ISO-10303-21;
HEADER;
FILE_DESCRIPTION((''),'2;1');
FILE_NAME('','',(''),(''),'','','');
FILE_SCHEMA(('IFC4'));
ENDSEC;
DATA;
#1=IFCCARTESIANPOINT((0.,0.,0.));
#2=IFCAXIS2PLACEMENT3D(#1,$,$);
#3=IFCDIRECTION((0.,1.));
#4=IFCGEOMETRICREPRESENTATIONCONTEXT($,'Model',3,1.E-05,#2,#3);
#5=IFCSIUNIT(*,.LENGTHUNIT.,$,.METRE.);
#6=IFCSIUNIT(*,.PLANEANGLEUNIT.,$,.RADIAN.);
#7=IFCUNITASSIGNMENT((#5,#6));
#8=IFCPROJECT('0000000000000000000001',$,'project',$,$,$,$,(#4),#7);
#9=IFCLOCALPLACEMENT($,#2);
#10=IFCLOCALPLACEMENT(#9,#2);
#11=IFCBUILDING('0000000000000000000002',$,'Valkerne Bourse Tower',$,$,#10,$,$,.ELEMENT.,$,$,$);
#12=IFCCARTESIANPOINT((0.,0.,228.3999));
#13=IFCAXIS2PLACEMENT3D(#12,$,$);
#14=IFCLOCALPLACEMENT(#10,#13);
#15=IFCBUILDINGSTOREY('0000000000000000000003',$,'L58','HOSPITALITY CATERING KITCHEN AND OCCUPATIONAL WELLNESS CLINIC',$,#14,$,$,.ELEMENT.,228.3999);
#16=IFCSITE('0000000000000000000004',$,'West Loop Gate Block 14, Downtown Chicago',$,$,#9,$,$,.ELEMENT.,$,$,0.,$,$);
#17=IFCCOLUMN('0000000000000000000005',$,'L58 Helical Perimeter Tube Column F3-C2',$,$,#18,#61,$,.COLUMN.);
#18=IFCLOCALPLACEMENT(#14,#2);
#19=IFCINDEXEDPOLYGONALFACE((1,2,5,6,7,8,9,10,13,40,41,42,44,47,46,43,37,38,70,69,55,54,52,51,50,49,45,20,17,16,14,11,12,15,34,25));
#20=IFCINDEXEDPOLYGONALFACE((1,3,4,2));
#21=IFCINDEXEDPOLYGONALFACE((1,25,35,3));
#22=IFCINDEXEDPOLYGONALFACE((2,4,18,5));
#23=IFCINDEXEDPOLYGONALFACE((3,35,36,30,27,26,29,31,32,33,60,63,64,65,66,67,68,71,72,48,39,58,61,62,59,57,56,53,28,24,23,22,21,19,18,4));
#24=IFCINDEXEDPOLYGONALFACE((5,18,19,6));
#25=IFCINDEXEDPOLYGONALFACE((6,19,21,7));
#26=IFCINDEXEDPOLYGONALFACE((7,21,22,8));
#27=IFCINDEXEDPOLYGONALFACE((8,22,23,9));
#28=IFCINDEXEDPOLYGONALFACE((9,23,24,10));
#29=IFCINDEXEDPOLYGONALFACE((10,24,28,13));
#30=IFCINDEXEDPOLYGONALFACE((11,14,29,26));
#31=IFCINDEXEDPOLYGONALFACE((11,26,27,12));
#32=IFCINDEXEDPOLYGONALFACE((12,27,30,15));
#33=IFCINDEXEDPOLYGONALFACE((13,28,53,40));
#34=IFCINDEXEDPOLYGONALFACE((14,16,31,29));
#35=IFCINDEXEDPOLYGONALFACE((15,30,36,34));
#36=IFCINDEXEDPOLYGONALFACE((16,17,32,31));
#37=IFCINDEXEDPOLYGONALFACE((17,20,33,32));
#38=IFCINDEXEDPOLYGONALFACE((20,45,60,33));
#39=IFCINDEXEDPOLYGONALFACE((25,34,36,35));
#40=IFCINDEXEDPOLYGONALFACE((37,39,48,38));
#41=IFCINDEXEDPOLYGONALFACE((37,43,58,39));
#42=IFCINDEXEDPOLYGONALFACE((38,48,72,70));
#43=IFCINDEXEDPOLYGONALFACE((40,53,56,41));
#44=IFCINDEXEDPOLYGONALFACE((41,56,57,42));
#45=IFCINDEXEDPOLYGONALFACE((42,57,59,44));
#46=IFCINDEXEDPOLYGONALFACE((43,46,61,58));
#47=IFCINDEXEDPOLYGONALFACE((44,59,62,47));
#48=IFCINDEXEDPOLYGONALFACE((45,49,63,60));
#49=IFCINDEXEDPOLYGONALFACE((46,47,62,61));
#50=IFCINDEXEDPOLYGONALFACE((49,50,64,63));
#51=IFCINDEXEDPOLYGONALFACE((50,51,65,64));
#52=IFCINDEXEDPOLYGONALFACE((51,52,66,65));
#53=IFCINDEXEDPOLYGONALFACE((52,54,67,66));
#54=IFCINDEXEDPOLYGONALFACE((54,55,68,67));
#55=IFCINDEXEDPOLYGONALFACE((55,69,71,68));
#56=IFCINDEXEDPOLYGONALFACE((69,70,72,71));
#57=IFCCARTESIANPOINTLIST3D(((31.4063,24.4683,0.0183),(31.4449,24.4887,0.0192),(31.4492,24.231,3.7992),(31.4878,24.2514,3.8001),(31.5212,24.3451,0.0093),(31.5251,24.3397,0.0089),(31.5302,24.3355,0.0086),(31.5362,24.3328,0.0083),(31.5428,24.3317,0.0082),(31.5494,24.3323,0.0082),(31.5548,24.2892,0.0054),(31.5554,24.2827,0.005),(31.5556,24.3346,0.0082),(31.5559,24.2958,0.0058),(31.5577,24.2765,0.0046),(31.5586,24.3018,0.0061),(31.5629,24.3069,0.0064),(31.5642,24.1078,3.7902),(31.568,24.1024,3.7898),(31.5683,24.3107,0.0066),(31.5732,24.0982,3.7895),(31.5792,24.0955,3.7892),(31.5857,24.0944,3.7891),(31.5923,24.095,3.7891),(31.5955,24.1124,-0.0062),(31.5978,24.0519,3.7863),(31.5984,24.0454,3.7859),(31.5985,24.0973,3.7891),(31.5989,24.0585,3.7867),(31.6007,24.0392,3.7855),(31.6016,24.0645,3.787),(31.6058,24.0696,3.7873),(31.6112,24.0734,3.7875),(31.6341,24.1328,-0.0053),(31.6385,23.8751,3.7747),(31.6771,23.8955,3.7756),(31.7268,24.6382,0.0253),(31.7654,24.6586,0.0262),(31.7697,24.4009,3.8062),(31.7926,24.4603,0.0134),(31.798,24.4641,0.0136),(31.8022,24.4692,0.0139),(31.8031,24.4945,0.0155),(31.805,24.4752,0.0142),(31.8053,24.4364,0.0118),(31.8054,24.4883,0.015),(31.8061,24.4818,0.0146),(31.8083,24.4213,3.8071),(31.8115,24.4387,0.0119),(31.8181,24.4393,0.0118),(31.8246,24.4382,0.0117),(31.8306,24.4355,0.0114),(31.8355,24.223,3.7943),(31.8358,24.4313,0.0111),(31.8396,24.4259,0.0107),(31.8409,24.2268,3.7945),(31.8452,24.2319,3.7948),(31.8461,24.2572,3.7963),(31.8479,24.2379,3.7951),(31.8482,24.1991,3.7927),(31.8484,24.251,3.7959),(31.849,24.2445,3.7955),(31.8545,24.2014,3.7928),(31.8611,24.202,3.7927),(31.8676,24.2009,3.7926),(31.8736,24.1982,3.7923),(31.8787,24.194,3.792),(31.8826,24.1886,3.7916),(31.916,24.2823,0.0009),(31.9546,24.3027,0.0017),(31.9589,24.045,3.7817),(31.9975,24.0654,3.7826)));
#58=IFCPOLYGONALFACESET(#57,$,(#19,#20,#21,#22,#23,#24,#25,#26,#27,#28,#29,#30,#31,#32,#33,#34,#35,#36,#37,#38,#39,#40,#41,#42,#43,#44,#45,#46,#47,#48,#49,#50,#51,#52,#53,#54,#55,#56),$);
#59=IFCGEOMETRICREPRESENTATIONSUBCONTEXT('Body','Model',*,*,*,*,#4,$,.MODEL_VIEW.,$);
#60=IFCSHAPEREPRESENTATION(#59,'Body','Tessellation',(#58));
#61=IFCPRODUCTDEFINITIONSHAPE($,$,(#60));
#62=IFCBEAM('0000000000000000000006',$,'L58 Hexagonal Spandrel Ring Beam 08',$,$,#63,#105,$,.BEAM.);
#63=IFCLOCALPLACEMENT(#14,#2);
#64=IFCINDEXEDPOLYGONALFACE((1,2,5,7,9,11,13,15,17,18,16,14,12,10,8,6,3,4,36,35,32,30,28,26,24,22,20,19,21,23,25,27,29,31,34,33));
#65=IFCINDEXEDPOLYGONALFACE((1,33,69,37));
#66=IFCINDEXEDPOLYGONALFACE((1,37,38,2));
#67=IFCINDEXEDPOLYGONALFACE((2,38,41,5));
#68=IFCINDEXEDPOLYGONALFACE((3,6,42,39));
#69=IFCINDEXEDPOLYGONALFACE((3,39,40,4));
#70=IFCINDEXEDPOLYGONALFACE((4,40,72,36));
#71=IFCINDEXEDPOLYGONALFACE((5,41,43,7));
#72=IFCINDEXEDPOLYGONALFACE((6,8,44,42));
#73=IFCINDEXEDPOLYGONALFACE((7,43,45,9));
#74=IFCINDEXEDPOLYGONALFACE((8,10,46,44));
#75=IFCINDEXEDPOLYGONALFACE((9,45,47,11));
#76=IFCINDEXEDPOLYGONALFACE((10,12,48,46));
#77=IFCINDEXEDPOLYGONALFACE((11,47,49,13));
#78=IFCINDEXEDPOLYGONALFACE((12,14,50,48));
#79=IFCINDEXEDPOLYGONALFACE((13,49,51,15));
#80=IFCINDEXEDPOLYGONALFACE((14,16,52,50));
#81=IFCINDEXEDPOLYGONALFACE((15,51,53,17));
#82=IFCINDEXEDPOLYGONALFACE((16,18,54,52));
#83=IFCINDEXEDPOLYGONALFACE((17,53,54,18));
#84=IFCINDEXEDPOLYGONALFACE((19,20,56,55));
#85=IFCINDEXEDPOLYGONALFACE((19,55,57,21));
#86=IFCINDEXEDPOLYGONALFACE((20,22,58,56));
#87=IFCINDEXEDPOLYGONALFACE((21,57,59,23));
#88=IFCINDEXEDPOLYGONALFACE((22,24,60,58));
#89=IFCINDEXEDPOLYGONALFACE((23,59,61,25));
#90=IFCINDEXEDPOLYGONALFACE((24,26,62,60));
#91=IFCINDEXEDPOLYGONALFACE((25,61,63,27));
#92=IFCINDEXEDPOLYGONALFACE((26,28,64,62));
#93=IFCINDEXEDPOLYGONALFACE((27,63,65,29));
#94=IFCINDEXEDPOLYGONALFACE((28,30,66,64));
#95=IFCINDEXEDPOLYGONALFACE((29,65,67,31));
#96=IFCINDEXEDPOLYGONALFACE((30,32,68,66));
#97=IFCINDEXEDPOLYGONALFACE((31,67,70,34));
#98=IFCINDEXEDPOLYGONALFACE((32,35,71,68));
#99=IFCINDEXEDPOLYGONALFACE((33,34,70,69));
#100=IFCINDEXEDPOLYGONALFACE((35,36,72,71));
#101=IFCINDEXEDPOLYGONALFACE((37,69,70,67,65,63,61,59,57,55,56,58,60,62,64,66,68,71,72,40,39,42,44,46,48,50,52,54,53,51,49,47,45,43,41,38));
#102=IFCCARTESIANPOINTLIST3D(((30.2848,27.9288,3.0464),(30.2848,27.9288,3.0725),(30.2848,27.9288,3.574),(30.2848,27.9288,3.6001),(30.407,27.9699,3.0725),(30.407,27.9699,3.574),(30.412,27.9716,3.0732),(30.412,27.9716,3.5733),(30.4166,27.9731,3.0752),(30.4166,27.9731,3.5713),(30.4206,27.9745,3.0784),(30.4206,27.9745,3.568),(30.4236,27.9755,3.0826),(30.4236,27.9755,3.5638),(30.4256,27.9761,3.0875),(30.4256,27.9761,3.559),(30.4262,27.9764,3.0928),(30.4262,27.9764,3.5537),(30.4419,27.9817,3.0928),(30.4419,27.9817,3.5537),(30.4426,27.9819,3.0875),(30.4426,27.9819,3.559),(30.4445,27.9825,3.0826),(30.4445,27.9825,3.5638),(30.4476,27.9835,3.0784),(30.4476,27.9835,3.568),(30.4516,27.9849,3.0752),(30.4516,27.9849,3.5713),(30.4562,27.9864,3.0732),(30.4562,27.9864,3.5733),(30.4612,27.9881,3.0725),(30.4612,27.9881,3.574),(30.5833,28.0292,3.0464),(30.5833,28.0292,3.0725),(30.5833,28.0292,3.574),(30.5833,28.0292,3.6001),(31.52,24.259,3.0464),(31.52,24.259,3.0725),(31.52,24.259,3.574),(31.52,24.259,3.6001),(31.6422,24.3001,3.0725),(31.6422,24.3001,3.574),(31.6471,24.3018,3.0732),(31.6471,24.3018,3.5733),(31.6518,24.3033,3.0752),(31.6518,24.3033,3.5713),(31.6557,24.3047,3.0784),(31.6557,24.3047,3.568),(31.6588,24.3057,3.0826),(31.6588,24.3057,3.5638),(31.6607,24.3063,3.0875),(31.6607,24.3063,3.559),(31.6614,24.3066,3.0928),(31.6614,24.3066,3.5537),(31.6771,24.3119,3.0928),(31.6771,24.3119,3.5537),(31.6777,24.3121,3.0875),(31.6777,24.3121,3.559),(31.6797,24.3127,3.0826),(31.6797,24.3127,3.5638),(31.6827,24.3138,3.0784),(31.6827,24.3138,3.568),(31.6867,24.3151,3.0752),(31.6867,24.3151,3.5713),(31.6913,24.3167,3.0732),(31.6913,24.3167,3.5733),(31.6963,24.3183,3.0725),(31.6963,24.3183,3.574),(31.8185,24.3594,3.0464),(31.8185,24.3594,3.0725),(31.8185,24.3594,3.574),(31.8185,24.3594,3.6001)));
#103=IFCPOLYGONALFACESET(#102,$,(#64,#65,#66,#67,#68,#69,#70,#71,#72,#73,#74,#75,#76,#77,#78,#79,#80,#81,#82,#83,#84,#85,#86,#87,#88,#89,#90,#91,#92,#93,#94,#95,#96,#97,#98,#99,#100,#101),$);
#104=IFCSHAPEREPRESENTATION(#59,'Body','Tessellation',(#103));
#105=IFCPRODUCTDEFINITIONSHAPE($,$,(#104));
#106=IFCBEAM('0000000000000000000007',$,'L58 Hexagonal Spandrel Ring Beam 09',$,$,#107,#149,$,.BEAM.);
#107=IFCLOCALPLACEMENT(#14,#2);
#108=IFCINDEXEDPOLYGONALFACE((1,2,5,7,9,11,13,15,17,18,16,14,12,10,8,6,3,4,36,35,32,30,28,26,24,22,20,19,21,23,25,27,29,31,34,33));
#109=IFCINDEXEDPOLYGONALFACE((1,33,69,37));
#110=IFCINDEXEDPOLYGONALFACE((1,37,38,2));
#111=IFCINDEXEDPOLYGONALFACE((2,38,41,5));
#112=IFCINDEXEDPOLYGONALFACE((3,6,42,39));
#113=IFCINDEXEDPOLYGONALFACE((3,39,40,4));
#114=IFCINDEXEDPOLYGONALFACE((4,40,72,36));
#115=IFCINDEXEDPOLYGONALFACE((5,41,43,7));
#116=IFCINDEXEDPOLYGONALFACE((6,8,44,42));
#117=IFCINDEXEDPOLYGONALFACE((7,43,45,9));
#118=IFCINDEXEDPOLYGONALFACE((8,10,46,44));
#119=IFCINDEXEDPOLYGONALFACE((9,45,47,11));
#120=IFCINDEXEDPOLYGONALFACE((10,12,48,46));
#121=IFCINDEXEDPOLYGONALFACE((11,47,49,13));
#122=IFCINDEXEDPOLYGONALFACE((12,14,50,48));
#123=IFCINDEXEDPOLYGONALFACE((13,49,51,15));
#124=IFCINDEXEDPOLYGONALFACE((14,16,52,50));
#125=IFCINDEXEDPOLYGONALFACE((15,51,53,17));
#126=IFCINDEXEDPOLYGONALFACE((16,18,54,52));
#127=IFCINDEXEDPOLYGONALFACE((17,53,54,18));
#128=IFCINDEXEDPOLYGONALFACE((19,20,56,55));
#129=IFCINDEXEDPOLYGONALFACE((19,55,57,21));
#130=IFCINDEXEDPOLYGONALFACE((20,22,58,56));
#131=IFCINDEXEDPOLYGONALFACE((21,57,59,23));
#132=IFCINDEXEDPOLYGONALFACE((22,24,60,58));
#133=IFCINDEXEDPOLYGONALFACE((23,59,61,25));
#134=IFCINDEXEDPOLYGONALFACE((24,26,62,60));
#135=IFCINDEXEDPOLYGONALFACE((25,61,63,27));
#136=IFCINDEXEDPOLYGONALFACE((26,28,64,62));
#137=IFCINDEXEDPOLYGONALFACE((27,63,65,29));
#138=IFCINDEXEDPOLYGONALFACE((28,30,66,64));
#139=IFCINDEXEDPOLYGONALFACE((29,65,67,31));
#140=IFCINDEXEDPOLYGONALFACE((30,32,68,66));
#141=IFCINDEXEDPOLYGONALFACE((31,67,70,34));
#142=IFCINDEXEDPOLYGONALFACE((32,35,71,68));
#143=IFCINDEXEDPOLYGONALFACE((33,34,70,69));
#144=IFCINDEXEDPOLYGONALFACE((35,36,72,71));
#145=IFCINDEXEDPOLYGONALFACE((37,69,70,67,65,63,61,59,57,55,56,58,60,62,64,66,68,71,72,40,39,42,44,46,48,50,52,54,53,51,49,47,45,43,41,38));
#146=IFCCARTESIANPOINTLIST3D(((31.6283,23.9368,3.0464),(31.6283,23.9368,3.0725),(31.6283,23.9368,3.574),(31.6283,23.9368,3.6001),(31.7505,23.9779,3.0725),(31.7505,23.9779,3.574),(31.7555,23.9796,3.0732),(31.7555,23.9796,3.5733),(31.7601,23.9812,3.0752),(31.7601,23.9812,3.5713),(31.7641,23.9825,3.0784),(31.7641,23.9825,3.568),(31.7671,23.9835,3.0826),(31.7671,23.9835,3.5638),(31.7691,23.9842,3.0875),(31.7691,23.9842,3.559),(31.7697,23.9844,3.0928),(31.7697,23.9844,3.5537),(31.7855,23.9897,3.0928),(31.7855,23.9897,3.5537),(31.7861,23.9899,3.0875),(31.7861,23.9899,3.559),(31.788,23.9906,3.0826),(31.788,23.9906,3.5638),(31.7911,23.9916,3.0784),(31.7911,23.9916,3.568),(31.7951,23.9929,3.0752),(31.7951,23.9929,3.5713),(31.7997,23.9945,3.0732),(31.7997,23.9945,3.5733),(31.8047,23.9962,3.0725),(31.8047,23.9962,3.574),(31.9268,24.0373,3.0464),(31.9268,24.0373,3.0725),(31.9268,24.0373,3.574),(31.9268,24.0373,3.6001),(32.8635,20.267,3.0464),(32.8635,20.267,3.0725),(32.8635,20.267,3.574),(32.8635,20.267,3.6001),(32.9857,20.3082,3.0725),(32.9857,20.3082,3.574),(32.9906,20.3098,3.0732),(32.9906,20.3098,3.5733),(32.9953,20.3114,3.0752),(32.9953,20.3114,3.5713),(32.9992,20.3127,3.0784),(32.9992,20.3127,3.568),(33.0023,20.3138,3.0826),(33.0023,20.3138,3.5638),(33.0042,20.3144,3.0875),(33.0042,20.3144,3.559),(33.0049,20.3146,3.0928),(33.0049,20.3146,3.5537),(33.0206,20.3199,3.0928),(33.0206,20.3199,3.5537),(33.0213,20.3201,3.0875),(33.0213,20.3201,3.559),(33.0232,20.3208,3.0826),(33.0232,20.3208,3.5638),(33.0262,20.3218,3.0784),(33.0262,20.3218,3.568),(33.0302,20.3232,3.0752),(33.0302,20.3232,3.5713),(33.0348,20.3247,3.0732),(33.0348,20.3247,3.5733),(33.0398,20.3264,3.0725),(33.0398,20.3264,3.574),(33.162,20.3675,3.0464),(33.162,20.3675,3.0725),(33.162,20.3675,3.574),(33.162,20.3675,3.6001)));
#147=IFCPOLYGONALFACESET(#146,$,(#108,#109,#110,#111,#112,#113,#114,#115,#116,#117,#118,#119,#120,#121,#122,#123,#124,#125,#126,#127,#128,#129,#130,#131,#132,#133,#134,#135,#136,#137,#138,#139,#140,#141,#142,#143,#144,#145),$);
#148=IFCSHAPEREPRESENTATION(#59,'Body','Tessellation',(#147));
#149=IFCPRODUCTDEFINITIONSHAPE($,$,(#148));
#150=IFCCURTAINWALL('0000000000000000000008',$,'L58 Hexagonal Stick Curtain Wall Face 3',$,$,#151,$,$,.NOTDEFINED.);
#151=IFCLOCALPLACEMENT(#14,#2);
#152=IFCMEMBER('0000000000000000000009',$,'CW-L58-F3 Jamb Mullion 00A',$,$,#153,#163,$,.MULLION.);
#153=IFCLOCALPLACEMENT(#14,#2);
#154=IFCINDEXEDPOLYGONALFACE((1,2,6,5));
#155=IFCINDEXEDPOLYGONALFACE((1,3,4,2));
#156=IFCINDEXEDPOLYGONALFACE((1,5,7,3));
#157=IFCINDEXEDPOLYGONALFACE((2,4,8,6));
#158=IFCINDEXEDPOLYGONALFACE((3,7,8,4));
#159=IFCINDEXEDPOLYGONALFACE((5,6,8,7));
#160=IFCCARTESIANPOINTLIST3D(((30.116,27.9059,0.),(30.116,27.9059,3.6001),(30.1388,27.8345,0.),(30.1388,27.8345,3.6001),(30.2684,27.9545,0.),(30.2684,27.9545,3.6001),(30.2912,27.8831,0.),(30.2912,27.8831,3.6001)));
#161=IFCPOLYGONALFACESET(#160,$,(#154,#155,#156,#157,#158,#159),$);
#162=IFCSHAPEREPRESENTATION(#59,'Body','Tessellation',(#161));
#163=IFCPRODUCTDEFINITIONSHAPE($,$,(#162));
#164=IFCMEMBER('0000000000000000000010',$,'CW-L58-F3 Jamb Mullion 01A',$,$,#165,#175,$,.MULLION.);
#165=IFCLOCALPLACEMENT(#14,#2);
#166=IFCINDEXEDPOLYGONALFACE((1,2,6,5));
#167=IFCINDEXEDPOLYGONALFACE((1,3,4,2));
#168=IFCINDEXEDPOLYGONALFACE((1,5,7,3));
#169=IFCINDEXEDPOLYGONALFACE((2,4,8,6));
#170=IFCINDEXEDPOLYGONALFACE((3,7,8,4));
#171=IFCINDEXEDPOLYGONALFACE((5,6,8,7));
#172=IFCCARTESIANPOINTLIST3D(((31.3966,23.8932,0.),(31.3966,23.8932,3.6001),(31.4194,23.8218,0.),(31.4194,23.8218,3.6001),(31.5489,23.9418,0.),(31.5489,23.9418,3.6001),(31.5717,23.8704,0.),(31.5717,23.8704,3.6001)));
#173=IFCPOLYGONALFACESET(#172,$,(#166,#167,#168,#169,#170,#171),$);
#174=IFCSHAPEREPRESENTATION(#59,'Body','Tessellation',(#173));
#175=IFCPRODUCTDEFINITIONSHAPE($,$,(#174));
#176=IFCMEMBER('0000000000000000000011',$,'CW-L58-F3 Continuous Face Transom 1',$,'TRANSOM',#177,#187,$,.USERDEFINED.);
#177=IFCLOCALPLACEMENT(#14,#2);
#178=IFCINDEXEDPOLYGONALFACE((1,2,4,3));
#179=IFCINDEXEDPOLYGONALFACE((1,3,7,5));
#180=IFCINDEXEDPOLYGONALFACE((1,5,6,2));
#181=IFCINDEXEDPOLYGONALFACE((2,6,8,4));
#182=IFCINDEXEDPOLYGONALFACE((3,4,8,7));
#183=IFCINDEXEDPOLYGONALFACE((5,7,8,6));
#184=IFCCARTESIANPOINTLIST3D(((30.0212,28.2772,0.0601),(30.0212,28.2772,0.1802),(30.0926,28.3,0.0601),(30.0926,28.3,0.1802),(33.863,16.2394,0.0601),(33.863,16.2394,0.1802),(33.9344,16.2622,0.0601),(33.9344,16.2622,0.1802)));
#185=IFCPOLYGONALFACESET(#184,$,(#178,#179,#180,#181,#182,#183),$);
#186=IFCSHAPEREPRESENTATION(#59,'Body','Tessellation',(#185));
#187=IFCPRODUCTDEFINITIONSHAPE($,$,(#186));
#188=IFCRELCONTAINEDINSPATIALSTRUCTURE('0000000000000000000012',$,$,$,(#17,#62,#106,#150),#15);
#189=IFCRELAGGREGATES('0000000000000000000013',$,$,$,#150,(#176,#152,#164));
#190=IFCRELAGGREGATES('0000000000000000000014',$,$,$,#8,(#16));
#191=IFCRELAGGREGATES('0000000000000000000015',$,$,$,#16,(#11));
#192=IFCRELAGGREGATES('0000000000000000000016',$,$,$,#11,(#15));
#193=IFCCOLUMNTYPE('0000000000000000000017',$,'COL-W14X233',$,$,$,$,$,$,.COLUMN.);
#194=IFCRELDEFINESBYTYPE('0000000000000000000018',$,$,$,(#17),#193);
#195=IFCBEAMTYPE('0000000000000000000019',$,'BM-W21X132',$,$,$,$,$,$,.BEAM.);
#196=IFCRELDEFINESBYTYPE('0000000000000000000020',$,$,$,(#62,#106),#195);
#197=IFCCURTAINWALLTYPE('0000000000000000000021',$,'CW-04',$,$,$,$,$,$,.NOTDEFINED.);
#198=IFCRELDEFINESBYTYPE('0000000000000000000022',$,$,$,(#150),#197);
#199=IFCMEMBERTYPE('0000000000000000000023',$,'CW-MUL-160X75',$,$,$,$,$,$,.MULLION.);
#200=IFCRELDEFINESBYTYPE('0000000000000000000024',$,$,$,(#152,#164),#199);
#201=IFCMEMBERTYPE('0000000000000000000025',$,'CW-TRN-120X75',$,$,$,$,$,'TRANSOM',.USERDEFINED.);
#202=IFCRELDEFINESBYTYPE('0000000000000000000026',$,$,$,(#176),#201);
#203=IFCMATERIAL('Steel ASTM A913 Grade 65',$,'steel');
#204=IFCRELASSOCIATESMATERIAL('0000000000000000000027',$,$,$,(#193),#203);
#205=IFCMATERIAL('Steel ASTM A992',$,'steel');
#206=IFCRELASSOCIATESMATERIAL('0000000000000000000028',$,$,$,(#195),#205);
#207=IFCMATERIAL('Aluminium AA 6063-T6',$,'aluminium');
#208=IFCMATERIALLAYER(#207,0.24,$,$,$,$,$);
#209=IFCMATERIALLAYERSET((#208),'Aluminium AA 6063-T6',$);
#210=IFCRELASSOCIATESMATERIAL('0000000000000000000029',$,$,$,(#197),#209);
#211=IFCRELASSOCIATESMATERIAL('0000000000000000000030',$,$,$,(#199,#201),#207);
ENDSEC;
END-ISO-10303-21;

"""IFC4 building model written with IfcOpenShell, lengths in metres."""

from ifc_helpers import new_model, si_unit, direction, frame, origin, origin_2d, place, context, subcontext, project, spatial, rectangle, i_section, extrude, material, layer, layer_set, material_profile, profile_set, type_object, element, aggregate, save


model = new_model("IFC4")

# Units and contexts
model_context = context("Model", 3, precision=1e-05, world=origin(), true_north=direction((0.0, 1.0)))
body_context = subcontext(model_context, "Body", "Model", "MODEL_VIEW")
ifc_project = project(units=[si_unit("LENGTHUNIT", "METRE"), si_unit("PLANEANGLEUNIT", "RADIAN")], contexts=[model_context])

# Site, building, storey
site_placement = place(None, origin())
site = spatial("IfcSite", under=ifc_project, at=site_placement, Name="West Loop Gate Block 14, Downtown Chicago", CompositionType="ELEMENT", RefElevation=0.0)
building_placement = place(site_placement, origin())
building = spatial("IfcBuilding", under=site, at=building_placement, Name="Valkerne Bourse Tower", CompositionType="ELEMENT")
storey_placement = place(building_placement, frame((0.0, 0.0, 228.3999)))
storey = spatial("IfcBuildingStorey", under=building, at=storey_placement, Name="L58", Description="HOSPITALITY CATERING KITCHEN AND OCCUPATIONAL WELLNESS CLINIC", CompositionType="ELEMENT", Elevation=228.3999)

# Column
ifc_material_1 = material(Name="Steel ASTM A913 Grade 65", Category="steel")
ifc_material_profile_1 = material_profile(ifc_material_1, i_section(OverallWidth=0.4038, OverallDepth=0.4065, WebThickness=0.0271, FlangeThickness=0.0437, FilletRadius=0.0254, at=origin_2d()), Name="W14X233")
ifc_profile_set_1 = profile_set([ifc_material_profile_1], Name="Steel ASTM A913 Grade 65")
column_type = type_object("IfcColumnType", Name="COL-W14X233", PredefinedType="COLUMN", material=ifc_profile_set_1)
column_placement = place(storey_placement, frame((31.6804, 24.3855, 0.01), z_axis=(0.011341, -0.062635, 0.997972), x_axis=(0.468562, -0.881347, -0.06064)))
element("IfcColumn", 1, at=column_placement, inside=storey, type_object=column_type, Name="L58 Helical Perimeter Tube Column F3-C2", PredefinedType="COLUMN", context=body_context, shape_type="SweptSolid", body=[
    extrude(i_section(OverallWidth=0.4038, OverallDepth=0.4065, WebThickness=0.0271, FlangeThickness=0.0437, FilletRadius=0.0254, at=origin_2d()), origin(), (0.0, 0.0, 1.0), 3.7886),
])

# Beams
ifc_material_2 = material(Name="Steel ASTM A992", Category="steel")
ifc_material_profile_2 = material_profile(ifc_material_2, i_section(OverallWidth=0.3149, OverallDepth=0.5537, WebThickness=0.0166, FlangeThickness=0.0261, FilletRadius=0.0203, at=origin_2d()), Name="W21X132")
ifc_profile_set_2 = profile_set([ifc_material_profile_2], Name="Steel ASTM A992")
beam_type = type_object("IfcBeamType", Name="BM-W21X132", PredefinedType="BEAM", material=ifc_profile_set_2)
for number, where, z_axis, x_axis, name in (
    (2, (30.4341, 27.979, 3.3232), (0.318988, -0.947759, 0.0), (0.947759, 0.318988, 0.0), "L58 Hexagonal Spandrel Ring Beam 08"),
    (3, (31.7776, 23.9871, 3.3232), (0.318988, -0.947759, 0.0), (0.947759, 0.318988, 0.0), "L58 Hexagonal Spandrel Ring Beam 09"),
):
    element("IfcBeam", number, at=place(storey_placement, frame(where, z_axis=z_axis, x_axis=x_axis)), inside=storey, type_object=beam_type, Name=name, PredefinedType="BEAM", context=body_context, shape_type="SweptSolid", body=[
        extrude(i_section(OverallWidth=0.3149, OverallDepth=0.5537, WebThickness=0.0166, FlangeThickness=0.0261, FilletRadius=0.0203, at=origin_2d()), origin(), (0.0, 0.0, 1.0), 3.8721),
    ])

# Curtain wall, members
ifc_material_3 = material(Name="Aluminium AA 6063-T6", Category="aluminium")
ifc_layer_1 = layer(ifc_material_3, 0.24)
ifc_layer_set_1 = layer_set([ifc_layer_1], Name="Aluminium AA 6063-T6")
curtain_wall_type = type_object("IfcCurtainWallType", Name="CW-04", PredefinedType="NOTDEFINED", material=ifc_layer_set_1)
curtain_wall_placement = place(storey_placement, origin())
curtain_wall = element("IfcCurtainWall", 4, at=curtain_wall_placement, inside=storey, type_object=curtain_wall_type, Name="L58 Hexagonal Stick Curtain Wall Face 3", PredefinedType="NOTDEFINED")
ifc_material_profile_3 = material_profile(ifc_material_3, rectangle(XDim=0.075, YDim=0.1599, at=origin_2d()), Name="CWM-75X160")
ifc_profile_set_3 = profile_set([ifc_material_profile_3], Name="Aluminium AA 6063-T6")
member_type_1 = type_object("IfcMemberType", Name="CW-MUL-160X75", PredefinedType="MULLION", material=ifc_profile_set_3)
member_1_placement = place(storey_placement, frame((30.2036, 27.8945, 0.0), z_axis=(0.0, 0.0, 1.0), x_axis=(0.304015, -0.952667, 0.0)))
member_1 = element("IfcMember", 5, at=member_1_placement, type_object=member_type_1, Name="CW-L58-F3 Jamb Mullion 00A", PredefinedType="MULLION", context=body_context, shape_type="SweptSolid", body=[
    extrude(rectangle(XDim=0.075, YDim=0.1599, at=origin_2d()), origin(), (0.0, 0.0, 1.0), 3.6001),
])
member_2_placement = place(storey_placement, frame((31.4841, 23.8818, 0.0), z_axis=(0.0, 0.0, 1.0), x_axis=(0.304037, -0.95266, 0.0)))
member_2 = element("IfcMember", 6, at=member_2_placement, type_object=member_type_1, Name="CW-L58-F3 Jamb Mullion 01A", PredefinedType="MULLION", context=body_context, shape_type="SweptSolid", body=[
    extrude(rectangle(XDim=0.075, YDim=0.1599, at=origin_2d()), origin(), (0.0, 0.0, 1.0), 3.6001),
])
ifc_material_profile_4 = material_profile(ifc_material_3, rectangle(XDim=0.075, YDim=0.1201, at=origin_2d()), Name="CWT-75X120")
ifc_profile_set_4 = profile_set([ifc_material_profile_4], Name="Aluminium AA 6063-T6")
member_type_2 = type_object("IfcMemberType", Name="CW-TRN-120X75", ElementType="TRANSOM", PredefinedType="USERDEFINED", material=ifc_profile_set_4)
member_3_placement = place(storey_placement, frame((30.0569, 28.2886, 0.1201), z_axis=(0.304035, -0.952661, 0.0), x_axis=(0.952661, 0.304035, 0.0)))
member_3 = element("IfcMember", 7, at=member_3_placement, type_object=member_type_2, Name="CW-L58-F3 Continuous Face Transom 1", ObjectType="TRANSOM", PredefinedType="USERDEFINED", context=body_context, shape_type="SweptSolid", body=[
    extrude(rectangle(XDim=0.075, YDim=0.1201, at=origin_2d()), origin(), (0.0, 0.0, 1.0), 12.636),
])
aggregate(curtain_wall, [member_3, member_1, member_2])

save(model, "model.ifc")
